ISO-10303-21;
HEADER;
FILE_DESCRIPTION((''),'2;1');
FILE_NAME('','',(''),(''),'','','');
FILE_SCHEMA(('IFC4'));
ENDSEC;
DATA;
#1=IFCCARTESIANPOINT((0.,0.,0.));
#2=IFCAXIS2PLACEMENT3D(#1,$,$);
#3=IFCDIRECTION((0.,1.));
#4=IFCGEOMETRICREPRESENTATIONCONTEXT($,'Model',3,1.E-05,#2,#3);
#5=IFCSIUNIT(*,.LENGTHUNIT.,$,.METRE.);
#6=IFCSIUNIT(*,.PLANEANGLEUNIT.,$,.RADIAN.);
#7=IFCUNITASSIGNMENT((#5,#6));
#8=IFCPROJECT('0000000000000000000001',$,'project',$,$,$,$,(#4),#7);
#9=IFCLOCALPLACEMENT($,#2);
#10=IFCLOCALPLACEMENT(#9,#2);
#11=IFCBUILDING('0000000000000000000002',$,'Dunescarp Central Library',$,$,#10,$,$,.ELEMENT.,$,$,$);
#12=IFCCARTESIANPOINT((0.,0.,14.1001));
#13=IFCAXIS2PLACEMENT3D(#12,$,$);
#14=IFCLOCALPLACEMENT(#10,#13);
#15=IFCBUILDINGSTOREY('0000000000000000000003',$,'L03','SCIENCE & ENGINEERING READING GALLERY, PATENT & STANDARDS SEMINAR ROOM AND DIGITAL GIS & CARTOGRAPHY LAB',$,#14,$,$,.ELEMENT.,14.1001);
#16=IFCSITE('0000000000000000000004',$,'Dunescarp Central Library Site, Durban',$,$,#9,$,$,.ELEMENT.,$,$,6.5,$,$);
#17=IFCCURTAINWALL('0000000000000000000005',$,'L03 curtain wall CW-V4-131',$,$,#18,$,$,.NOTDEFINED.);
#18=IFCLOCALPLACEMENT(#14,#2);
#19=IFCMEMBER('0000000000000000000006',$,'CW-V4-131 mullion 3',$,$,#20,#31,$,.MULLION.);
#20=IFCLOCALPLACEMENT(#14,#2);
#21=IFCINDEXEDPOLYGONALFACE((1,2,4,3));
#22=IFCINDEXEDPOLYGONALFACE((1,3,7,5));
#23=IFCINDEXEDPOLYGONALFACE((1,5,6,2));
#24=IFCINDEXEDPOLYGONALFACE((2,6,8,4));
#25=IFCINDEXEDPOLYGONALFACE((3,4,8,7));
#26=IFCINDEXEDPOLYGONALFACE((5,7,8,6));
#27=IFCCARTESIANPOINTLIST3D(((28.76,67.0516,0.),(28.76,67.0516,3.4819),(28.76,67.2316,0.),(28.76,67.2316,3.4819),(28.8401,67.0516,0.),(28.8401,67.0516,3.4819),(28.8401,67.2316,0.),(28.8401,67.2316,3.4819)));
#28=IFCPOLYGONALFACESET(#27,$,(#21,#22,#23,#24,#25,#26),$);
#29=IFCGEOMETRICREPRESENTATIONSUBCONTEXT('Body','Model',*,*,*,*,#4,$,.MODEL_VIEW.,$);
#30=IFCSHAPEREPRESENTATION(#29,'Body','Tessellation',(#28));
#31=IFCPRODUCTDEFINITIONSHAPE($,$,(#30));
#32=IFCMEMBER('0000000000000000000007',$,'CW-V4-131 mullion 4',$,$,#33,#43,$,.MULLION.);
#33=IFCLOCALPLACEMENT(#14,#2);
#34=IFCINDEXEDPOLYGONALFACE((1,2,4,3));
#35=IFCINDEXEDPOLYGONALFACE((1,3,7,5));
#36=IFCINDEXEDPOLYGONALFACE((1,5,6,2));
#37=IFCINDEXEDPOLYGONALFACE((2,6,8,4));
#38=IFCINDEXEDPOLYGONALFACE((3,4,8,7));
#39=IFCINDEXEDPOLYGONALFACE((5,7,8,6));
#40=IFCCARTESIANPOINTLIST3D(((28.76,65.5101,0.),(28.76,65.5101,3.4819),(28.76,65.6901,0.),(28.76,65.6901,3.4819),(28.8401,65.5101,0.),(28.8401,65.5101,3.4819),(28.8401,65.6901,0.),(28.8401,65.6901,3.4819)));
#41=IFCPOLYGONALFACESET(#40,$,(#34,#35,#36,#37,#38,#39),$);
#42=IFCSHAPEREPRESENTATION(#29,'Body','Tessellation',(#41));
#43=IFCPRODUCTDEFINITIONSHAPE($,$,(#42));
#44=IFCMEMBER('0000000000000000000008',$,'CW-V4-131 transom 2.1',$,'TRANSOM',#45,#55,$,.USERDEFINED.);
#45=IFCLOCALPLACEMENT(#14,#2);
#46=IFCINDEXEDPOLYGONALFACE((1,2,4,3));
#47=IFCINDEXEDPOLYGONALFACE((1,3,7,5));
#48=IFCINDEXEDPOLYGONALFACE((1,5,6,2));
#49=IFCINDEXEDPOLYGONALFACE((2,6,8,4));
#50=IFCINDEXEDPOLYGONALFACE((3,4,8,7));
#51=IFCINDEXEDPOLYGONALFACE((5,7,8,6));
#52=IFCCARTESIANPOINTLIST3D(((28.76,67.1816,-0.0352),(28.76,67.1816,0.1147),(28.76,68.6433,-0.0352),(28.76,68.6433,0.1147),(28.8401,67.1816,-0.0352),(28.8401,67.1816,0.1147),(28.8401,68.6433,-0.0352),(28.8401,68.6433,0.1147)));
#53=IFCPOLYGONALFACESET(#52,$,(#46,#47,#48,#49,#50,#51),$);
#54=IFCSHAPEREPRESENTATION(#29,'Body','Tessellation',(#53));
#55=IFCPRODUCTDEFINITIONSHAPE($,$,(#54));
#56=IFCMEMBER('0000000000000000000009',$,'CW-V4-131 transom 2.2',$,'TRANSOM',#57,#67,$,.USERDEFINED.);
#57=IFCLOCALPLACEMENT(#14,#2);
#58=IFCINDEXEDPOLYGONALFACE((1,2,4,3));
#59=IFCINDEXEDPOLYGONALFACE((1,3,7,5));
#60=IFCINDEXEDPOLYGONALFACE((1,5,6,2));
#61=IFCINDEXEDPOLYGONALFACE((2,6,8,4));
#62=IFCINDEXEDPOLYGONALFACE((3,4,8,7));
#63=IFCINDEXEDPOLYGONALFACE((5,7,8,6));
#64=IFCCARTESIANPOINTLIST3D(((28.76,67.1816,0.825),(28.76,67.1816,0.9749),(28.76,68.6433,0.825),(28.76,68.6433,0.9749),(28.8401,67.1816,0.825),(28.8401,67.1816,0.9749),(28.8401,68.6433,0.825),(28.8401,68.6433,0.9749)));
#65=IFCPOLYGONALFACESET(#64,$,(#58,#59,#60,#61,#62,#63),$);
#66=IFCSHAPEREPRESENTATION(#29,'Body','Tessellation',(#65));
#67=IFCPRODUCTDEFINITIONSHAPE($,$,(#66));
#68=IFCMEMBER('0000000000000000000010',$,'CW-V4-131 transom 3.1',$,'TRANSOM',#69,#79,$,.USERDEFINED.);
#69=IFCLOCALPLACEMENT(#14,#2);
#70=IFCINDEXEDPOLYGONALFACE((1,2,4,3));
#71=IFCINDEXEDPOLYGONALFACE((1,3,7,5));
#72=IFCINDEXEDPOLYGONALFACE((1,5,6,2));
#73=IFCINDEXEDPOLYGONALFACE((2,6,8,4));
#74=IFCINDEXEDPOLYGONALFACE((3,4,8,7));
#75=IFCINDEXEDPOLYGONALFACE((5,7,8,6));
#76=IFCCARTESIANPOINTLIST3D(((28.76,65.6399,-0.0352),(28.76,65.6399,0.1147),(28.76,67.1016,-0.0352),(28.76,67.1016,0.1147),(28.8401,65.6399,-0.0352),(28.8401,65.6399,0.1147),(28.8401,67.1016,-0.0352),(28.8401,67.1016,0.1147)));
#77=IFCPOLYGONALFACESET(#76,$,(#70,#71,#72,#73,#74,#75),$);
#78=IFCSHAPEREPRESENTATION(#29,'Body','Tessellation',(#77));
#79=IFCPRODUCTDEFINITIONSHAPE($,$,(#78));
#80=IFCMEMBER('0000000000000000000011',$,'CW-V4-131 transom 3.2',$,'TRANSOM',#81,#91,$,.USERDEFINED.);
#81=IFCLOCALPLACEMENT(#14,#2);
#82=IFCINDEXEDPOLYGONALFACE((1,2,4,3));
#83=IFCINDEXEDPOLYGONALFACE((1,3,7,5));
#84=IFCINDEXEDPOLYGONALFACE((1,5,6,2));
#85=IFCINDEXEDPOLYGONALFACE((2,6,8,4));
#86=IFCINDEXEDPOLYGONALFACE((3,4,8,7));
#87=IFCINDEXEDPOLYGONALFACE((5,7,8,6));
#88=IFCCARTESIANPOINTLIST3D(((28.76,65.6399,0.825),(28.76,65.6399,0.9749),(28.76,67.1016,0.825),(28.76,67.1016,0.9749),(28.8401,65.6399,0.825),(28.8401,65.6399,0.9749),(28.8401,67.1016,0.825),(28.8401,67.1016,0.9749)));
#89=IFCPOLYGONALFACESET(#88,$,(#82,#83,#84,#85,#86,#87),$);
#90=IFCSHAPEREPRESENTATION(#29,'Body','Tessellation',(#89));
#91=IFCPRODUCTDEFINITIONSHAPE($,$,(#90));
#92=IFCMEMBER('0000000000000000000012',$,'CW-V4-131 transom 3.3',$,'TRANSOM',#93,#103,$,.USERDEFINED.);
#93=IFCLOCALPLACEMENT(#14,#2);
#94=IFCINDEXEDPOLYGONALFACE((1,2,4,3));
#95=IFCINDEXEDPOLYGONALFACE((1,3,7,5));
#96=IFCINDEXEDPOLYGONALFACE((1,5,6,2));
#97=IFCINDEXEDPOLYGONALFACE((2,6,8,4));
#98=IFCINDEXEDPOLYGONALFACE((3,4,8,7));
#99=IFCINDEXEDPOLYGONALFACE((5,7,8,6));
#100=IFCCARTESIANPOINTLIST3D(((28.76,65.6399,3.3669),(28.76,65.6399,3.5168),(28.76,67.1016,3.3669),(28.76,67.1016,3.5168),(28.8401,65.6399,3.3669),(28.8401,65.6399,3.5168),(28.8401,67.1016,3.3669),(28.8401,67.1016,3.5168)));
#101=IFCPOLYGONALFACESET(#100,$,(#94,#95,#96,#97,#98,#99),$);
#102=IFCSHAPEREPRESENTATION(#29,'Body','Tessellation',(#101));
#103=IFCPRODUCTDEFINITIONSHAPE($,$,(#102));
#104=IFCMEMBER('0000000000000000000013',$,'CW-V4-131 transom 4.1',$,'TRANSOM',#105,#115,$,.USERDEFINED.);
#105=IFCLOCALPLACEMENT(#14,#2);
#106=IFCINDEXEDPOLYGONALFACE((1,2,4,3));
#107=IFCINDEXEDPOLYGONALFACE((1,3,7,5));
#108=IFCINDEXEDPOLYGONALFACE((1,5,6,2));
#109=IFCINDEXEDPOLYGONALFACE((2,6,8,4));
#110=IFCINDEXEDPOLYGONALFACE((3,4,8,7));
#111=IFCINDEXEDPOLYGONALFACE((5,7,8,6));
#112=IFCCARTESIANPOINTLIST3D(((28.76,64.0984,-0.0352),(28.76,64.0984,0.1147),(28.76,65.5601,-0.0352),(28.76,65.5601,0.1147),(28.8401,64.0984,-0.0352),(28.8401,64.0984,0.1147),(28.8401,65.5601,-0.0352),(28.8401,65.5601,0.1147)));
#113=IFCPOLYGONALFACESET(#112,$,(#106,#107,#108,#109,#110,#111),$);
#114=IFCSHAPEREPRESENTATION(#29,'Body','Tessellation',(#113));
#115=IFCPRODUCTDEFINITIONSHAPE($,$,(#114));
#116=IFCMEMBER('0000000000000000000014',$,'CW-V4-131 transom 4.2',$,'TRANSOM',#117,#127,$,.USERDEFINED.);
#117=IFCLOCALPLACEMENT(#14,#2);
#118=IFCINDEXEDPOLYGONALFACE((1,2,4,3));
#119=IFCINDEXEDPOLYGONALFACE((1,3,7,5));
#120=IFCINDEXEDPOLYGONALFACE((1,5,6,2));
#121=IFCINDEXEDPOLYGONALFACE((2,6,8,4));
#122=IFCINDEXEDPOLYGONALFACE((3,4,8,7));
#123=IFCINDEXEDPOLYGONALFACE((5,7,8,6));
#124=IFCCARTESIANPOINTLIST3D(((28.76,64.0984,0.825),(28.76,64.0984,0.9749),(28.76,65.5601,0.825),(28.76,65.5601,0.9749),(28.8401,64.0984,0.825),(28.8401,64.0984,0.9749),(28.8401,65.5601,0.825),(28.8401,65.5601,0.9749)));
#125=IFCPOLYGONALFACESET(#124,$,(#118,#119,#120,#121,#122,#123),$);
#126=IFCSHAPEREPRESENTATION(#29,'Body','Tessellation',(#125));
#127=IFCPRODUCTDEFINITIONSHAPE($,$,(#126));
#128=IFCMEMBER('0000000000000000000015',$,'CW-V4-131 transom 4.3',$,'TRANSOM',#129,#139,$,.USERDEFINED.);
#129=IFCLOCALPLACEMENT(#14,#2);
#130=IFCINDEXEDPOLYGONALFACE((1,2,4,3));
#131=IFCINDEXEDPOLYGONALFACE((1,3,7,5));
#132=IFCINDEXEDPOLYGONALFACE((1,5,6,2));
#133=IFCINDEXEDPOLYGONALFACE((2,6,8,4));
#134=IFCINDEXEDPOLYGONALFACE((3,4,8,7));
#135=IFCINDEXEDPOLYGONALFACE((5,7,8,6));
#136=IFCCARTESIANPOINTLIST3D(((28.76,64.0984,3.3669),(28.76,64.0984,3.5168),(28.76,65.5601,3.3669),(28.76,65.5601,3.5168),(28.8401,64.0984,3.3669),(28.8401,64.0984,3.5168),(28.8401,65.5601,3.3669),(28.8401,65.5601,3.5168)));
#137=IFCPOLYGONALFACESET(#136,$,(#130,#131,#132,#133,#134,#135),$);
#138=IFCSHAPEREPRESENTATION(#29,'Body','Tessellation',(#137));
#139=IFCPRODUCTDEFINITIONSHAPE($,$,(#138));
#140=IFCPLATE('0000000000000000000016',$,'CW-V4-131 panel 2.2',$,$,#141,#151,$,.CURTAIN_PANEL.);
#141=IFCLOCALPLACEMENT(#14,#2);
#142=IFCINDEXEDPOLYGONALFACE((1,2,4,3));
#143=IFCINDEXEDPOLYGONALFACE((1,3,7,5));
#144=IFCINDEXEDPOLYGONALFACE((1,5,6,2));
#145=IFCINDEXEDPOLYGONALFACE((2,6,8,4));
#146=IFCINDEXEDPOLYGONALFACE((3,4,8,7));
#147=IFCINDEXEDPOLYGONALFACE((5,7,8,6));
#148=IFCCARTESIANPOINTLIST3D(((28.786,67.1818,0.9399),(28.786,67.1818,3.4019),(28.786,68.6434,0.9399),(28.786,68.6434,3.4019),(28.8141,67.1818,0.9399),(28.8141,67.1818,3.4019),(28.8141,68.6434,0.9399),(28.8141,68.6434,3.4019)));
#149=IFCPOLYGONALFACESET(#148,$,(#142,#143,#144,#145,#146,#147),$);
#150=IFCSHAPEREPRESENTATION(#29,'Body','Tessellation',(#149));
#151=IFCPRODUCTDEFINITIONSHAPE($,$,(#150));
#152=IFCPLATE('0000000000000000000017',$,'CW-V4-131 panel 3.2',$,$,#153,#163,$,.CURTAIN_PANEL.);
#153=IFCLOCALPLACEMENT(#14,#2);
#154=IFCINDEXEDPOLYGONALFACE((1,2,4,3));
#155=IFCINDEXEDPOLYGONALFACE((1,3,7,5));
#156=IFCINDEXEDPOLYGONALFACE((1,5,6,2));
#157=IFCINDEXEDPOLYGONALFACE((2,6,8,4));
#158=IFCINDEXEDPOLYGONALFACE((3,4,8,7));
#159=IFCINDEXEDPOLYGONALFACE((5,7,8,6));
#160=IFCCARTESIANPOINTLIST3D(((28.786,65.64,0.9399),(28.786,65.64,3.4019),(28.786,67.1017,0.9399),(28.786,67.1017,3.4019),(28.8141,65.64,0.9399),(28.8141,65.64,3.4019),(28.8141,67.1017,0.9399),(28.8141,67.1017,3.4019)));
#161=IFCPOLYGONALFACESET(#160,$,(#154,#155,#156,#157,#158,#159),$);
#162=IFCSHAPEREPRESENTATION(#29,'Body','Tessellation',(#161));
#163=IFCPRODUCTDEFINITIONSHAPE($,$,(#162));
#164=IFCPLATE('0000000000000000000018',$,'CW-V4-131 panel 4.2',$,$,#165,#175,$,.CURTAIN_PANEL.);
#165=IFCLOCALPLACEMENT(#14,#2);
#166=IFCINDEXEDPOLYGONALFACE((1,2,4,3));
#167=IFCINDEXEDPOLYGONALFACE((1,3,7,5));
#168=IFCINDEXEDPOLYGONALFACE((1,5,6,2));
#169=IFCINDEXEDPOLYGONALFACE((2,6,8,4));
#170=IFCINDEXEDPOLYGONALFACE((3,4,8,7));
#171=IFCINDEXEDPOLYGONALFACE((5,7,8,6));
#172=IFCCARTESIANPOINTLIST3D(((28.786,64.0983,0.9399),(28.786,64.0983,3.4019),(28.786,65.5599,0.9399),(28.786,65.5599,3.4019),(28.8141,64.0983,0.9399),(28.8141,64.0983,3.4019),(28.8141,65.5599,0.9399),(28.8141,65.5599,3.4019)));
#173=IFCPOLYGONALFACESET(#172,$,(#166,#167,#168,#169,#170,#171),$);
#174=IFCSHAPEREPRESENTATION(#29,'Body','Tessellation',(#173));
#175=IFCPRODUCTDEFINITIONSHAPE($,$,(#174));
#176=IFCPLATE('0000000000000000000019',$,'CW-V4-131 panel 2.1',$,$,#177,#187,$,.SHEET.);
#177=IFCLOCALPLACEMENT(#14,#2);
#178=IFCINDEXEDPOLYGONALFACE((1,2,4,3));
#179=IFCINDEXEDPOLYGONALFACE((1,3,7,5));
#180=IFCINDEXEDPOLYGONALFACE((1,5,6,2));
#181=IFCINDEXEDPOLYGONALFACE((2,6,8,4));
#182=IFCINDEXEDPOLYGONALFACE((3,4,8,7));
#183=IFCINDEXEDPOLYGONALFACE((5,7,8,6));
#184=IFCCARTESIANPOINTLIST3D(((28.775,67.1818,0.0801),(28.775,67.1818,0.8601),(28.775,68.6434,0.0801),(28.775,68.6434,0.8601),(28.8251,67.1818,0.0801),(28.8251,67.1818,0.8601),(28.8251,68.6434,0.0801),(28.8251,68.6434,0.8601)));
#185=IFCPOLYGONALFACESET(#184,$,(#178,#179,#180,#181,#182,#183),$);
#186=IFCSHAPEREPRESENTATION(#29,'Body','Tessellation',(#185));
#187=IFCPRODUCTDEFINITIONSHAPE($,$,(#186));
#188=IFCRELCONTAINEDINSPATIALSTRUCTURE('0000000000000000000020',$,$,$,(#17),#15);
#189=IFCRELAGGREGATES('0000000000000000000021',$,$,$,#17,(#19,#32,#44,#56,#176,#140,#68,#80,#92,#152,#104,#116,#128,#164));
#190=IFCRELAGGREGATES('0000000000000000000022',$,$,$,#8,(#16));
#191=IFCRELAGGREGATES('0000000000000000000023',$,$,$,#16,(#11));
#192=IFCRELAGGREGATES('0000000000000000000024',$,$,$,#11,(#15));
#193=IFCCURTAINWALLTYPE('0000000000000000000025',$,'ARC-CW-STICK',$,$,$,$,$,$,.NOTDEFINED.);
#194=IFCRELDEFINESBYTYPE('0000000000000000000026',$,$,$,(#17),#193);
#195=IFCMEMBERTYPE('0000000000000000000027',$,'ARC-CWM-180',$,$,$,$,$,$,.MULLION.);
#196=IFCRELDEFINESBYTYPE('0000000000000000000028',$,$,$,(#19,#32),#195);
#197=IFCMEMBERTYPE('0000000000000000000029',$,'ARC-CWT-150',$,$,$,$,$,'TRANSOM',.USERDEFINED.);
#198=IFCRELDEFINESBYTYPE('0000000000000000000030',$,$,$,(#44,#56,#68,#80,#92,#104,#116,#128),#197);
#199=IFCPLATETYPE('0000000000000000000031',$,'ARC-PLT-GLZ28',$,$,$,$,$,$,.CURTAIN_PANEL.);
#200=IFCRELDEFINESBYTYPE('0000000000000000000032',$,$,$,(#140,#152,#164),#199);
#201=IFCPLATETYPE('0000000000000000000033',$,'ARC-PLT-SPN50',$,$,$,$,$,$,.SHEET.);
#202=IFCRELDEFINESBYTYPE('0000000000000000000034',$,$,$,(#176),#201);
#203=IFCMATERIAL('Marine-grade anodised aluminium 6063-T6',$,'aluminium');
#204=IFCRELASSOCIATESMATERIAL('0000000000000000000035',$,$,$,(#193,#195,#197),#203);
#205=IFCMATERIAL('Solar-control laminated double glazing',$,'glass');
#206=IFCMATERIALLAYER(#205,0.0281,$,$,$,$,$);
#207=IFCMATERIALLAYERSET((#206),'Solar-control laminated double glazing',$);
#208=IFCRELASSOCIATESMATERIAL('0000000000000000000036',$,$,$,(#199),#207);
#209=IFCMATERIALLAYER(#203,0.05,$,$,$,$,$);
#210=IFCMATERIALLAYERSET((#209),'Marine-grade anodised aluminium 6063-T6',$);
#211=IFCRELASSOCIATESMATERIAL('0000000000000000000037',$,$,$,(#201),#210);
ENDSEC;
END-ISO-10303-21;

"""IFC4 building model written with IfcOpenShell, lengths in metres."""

from ifc_helpers import new_model, si_unit, direction, frame, origin, origin_2d, place, context, subcontext, project, spatial, rectangle, extrude, material, layer, layer_set, material_profile, profile_set, type_object, element, aggregate, save


model = new_model("IFC4")

# Units and contexts
model_context = context("Model", 3, precision=1e-05, world=origin(), true_north=direction((0.0, 1.0)))
body_context = subcontext(model_context, "Body", "Model", "MODEL_VIEW")
ifc_project = project(units=[si_unit("LENGTHUNIT", "METRE"), si_unit("PLANEANGLEUNIT", "RADIAN")], contexts=[model_context])

# Site, building, storey
site_placement = place(None, origin())
site = spatial("IfcSite", under=ifc_project, at=site_placement, Name="Dunescarp Central Library Site, Durban", CompositionType="ELEMENT", RefElevation=6.5)
building_placement = place(site_placement, origin())
building = spatial("IfcBuilding", under=site, at=building_placement, Name="Dunescarp Central Library", CompositionType="ELEMENT")
storey_placement = place(building_placement, frame((0.0, 0.0, 14.1001)))
storey = spatial("IfcBuildingStorey", under=building, at=storey_placement, Name="L03", Description="SCIENCE & ENGINEERING READING GALLERY, PATENT & STANDARDS SEMINAR ROOM AND DIGITAL GIS & CARTOGRAPHY LAB", CompositionType="ELEMENT", Elevation=14.1001)

# Curtain wall, members, plates
ifc_material_1 = material(Name="Marine-grade anodised aluminium 6063-T6", Category="aluminium")
curtain_wall_type = type_object("IfcCurtainWallType", Name="ARC-CW-STICK", PredefinedType="NOTDEFINED", material=ifc_material_1)
curtain_wall_placement = place(storey_placement, origin())
curtain_wall = element("IfcCurtainWall", 1, at=curtain_wall_placement, inside=storey, type_object=curtain_wall_type, Name="L03 curtain wall CW-V4-131", PredefinedType="NOTDEFINED")
ifc_material_profile_1 = material_profile(ifc_material_1, rectangle(XDim=0.0801, YDim=0.1799, at=origin_2d()), Name="AL 80x180")
ifc_profile_set_1 = profile_set([ifc_material_profile_1], Name="Marine-grade anodised aluminium 6063-T6")
member_type_1 = type_object("IfcMemberType", Name="ARC-CWM-180", PredefinedType="MULLION", material=ifc_profile_set_1)
member_1_placement = place(storey_placement, frame((28.8, 67.1416, 0.0), z_axis=(0.0, 0.0, 1.0), x_axis=(1.0, 0.0, 0.0)))
member_1 = element("IfcMember", 2, at=member_1_placement, type_object=member_type_1, Name="CW-V4-131 mullion 3", PredefinedType="MULLION", context=body_context, shape_type="SweptSolid", body=[
    extrude(rectangle(XDim=0.0801, YDim=0.1799, at=origin_2d()), origin(), (0.0, 0.0, 1.0), 3.4819),
])
member_2_placement = place(storey_placement, frame((28.8, 65.6001, 0.0), z_axis=(0.0, 0.0, 1.0), x_axis=(1.0, 0.0, 0.0)))
member_2 = element("IfcMember", 3, at=member_2_placement, type_object=member_type_1, Name="CW-V4-131 mullion 4", PredefinedType="MULLION", context=body_context, shape_type="SweptSolid", body=[
    extrude(rectangle(XDim=0.0801, YDim=0.1799, at=origin_2d()), origin(), (0.0, 0.0, 1.0), 3.4819),
])
ifc_material_profile_2 = material_profile(ifc_material_1, rectangle(XDim=0.0801, YDim=0.1499, at=origin_2d()), Name="AL 80x150")
ifc_profile_set_2 = profile_set([ifc_material_profile_2], Name="Marine-grade anodised aluminium 6063-T6")
member_type_2 = type_object("IfcMemberType", Name="ARC-CWT-150", ElementType="TRANSOM", PredefinedType="USERDEFINED", material=ifc_profile_set_2)
member_3_placement = place(storey_placement, frame((28.8, 68.6433, 0.0398), z_axis=(0.0, -1.0, 0.0), x_axis=(1.0, 0.0, 0.0)))
member_3 = element("IfcMember", 4, at=member_3_placement, type_object=member_type_2, Name="CW-V4-131 transom 2.1", ObjectType="TRANSOM", PredefinedType="USERDEFINED", context=body_context, shape_type="SweptSolid", body=[
    extrude(rectangle(XDim=0.0801, YDim=0.1499, at=origin_2d()), origin(), (0.0, 0.0, 1.0), 1.4617),
])
member_4_placement = place(storey_placement, frame((28.8, 68.6433, 0.8999), z_axis=(0.0, -1.0, 0.0), x_axis=(1.0, 0.0, 0.0)))
member_4 = element("IfcMember", 5, at=member_4_placement, type_object=member_type_2, Name="CW-V4-131 transom 2.2", ObjectType="TRANSOM", PredefinedType="USERDEFINED", context=body_context, shape_type="SweptSolid", body=[
    extrude(rectangle(XDim=0.0801, YDim=0.1499, at=origin_2d()), origin(), (0.0, 0.0, 1.0), 1.4617),
])
member_5_placement = place(storey_placement, frame((28.8, 67.1016, 0.0398), z_axis=(0.0, -1.0, 0.0), x_axis=(1.0, 0.0, 0.0)))
member_5 = element("IfcMember", 6, at=member_5_placement, type_object=member_type_2, Name="CW-V4-131 transom 3.1", ObjectType="TRANSOM", PredefinedType="USERDEFINED", context=body_context, shape_type="SweptSolid", body=[
    extrude(rectangle(XDim=0.0801, YDim=0.1499, at=origin_2d()), origin(), (0.0, 0.0, 1.0), 1.4617),
])
member_6_placement = place(storey_placement, frame((28.8, 67.1016, 0.8999), z_axis=(0.0, -1.0, 0.0), x_axis=(1.0, 0.0, 0.0)))
member_6 = element("IfcMember", 7, at=member_6_placement, type_object=member_type_2, Name="CW-V4-131 transom 3.2", ObjectType="TRANSOM", PredefinedType="USERDEFINED", context=body_context, shape_type="SweptSolid", body=[
    extrude(rectangle(XDim=0.0801, YDim=0.1499, at=origin_2d()), origin(), (0.0, 0.0, 1.0), 1.4617),
])
member_7_placement = place(storey_placement, frame((28.8, 67.1016, 3.4419), z_axis=(0.0, -1.0, 0.0), x_axis=(1.0, 0.0, 0.0)))
member_7 = element("IfcMember", 8, at=member_7_placement, type_object=member_type_2, Name="CW-V4-131 transom 3.3", ObjectType="TRANSOM", PredefinedType="USERDEFINED", context=body_context, shape_type="SweptSolid", body=[
    extrude(rectangle(XDim=0.0801, YDim=0.1499, at=origin_2d()), origin(), (0.0, 0.0, 1.0), 1.4617),
])
member_8_placement = place(storey_placement, frame((28.8, 65.5601, 0.0398), z_axis=(0.0, -1.0, 0.0), x_axis=(1.0, 0.0, 0.0)))
member_8 = element("IfcMember", 9, at=member_8_placement, type_object=member_type_2, Name="CW-V4-131 transom 4.1", ObjectType="TRANSOM", PredefinedType="USERDEFINED", context=body_context, shape_type="SweptSolid", body=[
    extrude(rectangle(XDim=0.0801, YDim=0.1499, at=origin_2d()), origin(), (0.0, 0.0, 1.0), 1.4617),
])
member_9_placement = place(storey_placement, frame((28.8, 65.5601, 0.8999), z_axis=(0.0, -1.0, 0.0), x_axis=(1.0, 0.0, 0.0)))
member_9 = element("IfcMember", 10, at=member_9_placement, type_object=member_type_2, Name="CW-V4-131 transom 4.2", ObjectType="TRANSOM", PredefinedType="USERDEFINED", context=body_context, shape_type="SweptSolid", body=[
    extrude(rectangle(XDim=0.0801, YDim=0.1499, at=origin_2d()), origin(), (0.0, 0.0, 1.0), 1.4617),
])
member_10_placement = place(storey_placement, frame((28.8, 65.5601, 3.4419), z_axis=(0.0, -1.0, 0.0), x_axis=(1.0, 0.0, 0.0)))
member_10 = element("IfcMember", 11, at=member_10_placement, type_object=member_type_2, Name="CW-V4-131 transom 4.3", ObjectType="TRANSOM", PredefinedType="USERDEFINED", context=body_context, shape_type="SweptSolid", body=[
    extrude(rectangle(XDim=0.0801, YDim=0.1499, at=origin_2d()), origin(), (0.0, 0.0, 1.0), 1.4617),
])
ifc_material_2 = material(Name="Solar-control laminated double glazing", Category="glass")
ifc_layer_1 = layer(ifc_material_2, 0.0281)
ifc_layer_set_1 = layer_set([ifc_layer_1], Name="Solar-control laminated double glazing")
plate_type_1 = type_object("IfcPlateType", Name="ARC-PLT-GLZ28", PredefinedType="CURTAIN_PANEL", material=ifc_layer_set_1)
plate_1_placement = place(storey_placement, frame((28.8, 67.9126, 0.9399), z_axis=(0.0, 0.0, 1.0), x_axis=(0.0, -1.0, 0.0)))
plate_1 = element("IfcPlate", 12, at=plate_1_placement, type_object=plate_type_1, Name="CW-V4-131 panel 2.2", PredefinedType="CURTAIN_PANEL", context=body_context, shape_type="SweptSolid", body=[
    extrude(rectangle(XDim=1.4617, YDim=0.0281, at=origin_2d()), origin(), (0.0, 0.0, 1.0), 2.4619),
])
plate_2_placement = place(storey_placement, frame((28.8, 66.3708, 0.9399), z_axis=(0.0, 0.0, 1.0), x_axis=(0.0, -1.0, 0.0)))
plate_2 = element("IfcPlate", 13, at=plate_2_placement, type_object=plate_type_1, Name="CW-V4-131 panel 3.2", PredefinedType="CURTAIN_PANEL", context=body_context, shape_type="SweptSolid", body=[
    extrude(rectangle(XDim=1.4617, YDim=0.0281, at=origin_2d()), origin(), (0.0, 0.0, 1.0), 2.4619),
])
plate_3_placement = place(storey_placement, frame((28.8, 64.8291, 0.9399), z_axis=(0.0, 0.0, 1.0), x_axis=(0.0, -1.0, 0.0)))
plate_3 = element("IfcPlate", 14, at=plate_3_placement, type_object=plate_type_1, Name="CW-V4-131 panel 4.2", PredefinedType="CURTAIN_PANEL", context=body_context, shape_type="SweptSolid", body=[
    extrude(rectangle(XDim=1.4617, YDim=0.0281, at=origin_2d()), origin(), (0.0, 0.0, 1.0), 2.4619),
])
ifc_layer_2 = layer(ifc_material_1, 0.05)
ifc_layer_set_2 = layer_set([ifc_layer_2], Name="Marine-grade anodised aluminium 6063-T6")
plate_type_2 = type_object("IfcPlateType", Name="ARC-PLT-SPN50", PredefinedType="SHEET", material=ifc_layer_set_2)
plate_4_placement = place(storey_placement, frame((28.8, 67.9126, 0.0801), z_axis=(0.0, 0.0, 1.0), x_axis=(0.0, -1.0, 0.0)))
plate_4 = element("IfcPlate", 15, at=plate_4_placement, type_object=plate_type_2, Name="CW-V4-131 panel 2.1", PredefinedType="SHEET", context=body_context, shape_type="SweptSolid", body=[
    extrude(rectangle(XDim=1.4617, YDim=0.05, at=origin_2d()), origin(), (0.0, 0.0, 1.0), 0.78),
])
aggregate(curtain_wall, [member_1, member_2, member_3, member_4, plate_4, plate_1, member_5, member_6, member_7, plate_2, member_8, member_9, member_10, plate_3])

save(model, "model.ifc")
